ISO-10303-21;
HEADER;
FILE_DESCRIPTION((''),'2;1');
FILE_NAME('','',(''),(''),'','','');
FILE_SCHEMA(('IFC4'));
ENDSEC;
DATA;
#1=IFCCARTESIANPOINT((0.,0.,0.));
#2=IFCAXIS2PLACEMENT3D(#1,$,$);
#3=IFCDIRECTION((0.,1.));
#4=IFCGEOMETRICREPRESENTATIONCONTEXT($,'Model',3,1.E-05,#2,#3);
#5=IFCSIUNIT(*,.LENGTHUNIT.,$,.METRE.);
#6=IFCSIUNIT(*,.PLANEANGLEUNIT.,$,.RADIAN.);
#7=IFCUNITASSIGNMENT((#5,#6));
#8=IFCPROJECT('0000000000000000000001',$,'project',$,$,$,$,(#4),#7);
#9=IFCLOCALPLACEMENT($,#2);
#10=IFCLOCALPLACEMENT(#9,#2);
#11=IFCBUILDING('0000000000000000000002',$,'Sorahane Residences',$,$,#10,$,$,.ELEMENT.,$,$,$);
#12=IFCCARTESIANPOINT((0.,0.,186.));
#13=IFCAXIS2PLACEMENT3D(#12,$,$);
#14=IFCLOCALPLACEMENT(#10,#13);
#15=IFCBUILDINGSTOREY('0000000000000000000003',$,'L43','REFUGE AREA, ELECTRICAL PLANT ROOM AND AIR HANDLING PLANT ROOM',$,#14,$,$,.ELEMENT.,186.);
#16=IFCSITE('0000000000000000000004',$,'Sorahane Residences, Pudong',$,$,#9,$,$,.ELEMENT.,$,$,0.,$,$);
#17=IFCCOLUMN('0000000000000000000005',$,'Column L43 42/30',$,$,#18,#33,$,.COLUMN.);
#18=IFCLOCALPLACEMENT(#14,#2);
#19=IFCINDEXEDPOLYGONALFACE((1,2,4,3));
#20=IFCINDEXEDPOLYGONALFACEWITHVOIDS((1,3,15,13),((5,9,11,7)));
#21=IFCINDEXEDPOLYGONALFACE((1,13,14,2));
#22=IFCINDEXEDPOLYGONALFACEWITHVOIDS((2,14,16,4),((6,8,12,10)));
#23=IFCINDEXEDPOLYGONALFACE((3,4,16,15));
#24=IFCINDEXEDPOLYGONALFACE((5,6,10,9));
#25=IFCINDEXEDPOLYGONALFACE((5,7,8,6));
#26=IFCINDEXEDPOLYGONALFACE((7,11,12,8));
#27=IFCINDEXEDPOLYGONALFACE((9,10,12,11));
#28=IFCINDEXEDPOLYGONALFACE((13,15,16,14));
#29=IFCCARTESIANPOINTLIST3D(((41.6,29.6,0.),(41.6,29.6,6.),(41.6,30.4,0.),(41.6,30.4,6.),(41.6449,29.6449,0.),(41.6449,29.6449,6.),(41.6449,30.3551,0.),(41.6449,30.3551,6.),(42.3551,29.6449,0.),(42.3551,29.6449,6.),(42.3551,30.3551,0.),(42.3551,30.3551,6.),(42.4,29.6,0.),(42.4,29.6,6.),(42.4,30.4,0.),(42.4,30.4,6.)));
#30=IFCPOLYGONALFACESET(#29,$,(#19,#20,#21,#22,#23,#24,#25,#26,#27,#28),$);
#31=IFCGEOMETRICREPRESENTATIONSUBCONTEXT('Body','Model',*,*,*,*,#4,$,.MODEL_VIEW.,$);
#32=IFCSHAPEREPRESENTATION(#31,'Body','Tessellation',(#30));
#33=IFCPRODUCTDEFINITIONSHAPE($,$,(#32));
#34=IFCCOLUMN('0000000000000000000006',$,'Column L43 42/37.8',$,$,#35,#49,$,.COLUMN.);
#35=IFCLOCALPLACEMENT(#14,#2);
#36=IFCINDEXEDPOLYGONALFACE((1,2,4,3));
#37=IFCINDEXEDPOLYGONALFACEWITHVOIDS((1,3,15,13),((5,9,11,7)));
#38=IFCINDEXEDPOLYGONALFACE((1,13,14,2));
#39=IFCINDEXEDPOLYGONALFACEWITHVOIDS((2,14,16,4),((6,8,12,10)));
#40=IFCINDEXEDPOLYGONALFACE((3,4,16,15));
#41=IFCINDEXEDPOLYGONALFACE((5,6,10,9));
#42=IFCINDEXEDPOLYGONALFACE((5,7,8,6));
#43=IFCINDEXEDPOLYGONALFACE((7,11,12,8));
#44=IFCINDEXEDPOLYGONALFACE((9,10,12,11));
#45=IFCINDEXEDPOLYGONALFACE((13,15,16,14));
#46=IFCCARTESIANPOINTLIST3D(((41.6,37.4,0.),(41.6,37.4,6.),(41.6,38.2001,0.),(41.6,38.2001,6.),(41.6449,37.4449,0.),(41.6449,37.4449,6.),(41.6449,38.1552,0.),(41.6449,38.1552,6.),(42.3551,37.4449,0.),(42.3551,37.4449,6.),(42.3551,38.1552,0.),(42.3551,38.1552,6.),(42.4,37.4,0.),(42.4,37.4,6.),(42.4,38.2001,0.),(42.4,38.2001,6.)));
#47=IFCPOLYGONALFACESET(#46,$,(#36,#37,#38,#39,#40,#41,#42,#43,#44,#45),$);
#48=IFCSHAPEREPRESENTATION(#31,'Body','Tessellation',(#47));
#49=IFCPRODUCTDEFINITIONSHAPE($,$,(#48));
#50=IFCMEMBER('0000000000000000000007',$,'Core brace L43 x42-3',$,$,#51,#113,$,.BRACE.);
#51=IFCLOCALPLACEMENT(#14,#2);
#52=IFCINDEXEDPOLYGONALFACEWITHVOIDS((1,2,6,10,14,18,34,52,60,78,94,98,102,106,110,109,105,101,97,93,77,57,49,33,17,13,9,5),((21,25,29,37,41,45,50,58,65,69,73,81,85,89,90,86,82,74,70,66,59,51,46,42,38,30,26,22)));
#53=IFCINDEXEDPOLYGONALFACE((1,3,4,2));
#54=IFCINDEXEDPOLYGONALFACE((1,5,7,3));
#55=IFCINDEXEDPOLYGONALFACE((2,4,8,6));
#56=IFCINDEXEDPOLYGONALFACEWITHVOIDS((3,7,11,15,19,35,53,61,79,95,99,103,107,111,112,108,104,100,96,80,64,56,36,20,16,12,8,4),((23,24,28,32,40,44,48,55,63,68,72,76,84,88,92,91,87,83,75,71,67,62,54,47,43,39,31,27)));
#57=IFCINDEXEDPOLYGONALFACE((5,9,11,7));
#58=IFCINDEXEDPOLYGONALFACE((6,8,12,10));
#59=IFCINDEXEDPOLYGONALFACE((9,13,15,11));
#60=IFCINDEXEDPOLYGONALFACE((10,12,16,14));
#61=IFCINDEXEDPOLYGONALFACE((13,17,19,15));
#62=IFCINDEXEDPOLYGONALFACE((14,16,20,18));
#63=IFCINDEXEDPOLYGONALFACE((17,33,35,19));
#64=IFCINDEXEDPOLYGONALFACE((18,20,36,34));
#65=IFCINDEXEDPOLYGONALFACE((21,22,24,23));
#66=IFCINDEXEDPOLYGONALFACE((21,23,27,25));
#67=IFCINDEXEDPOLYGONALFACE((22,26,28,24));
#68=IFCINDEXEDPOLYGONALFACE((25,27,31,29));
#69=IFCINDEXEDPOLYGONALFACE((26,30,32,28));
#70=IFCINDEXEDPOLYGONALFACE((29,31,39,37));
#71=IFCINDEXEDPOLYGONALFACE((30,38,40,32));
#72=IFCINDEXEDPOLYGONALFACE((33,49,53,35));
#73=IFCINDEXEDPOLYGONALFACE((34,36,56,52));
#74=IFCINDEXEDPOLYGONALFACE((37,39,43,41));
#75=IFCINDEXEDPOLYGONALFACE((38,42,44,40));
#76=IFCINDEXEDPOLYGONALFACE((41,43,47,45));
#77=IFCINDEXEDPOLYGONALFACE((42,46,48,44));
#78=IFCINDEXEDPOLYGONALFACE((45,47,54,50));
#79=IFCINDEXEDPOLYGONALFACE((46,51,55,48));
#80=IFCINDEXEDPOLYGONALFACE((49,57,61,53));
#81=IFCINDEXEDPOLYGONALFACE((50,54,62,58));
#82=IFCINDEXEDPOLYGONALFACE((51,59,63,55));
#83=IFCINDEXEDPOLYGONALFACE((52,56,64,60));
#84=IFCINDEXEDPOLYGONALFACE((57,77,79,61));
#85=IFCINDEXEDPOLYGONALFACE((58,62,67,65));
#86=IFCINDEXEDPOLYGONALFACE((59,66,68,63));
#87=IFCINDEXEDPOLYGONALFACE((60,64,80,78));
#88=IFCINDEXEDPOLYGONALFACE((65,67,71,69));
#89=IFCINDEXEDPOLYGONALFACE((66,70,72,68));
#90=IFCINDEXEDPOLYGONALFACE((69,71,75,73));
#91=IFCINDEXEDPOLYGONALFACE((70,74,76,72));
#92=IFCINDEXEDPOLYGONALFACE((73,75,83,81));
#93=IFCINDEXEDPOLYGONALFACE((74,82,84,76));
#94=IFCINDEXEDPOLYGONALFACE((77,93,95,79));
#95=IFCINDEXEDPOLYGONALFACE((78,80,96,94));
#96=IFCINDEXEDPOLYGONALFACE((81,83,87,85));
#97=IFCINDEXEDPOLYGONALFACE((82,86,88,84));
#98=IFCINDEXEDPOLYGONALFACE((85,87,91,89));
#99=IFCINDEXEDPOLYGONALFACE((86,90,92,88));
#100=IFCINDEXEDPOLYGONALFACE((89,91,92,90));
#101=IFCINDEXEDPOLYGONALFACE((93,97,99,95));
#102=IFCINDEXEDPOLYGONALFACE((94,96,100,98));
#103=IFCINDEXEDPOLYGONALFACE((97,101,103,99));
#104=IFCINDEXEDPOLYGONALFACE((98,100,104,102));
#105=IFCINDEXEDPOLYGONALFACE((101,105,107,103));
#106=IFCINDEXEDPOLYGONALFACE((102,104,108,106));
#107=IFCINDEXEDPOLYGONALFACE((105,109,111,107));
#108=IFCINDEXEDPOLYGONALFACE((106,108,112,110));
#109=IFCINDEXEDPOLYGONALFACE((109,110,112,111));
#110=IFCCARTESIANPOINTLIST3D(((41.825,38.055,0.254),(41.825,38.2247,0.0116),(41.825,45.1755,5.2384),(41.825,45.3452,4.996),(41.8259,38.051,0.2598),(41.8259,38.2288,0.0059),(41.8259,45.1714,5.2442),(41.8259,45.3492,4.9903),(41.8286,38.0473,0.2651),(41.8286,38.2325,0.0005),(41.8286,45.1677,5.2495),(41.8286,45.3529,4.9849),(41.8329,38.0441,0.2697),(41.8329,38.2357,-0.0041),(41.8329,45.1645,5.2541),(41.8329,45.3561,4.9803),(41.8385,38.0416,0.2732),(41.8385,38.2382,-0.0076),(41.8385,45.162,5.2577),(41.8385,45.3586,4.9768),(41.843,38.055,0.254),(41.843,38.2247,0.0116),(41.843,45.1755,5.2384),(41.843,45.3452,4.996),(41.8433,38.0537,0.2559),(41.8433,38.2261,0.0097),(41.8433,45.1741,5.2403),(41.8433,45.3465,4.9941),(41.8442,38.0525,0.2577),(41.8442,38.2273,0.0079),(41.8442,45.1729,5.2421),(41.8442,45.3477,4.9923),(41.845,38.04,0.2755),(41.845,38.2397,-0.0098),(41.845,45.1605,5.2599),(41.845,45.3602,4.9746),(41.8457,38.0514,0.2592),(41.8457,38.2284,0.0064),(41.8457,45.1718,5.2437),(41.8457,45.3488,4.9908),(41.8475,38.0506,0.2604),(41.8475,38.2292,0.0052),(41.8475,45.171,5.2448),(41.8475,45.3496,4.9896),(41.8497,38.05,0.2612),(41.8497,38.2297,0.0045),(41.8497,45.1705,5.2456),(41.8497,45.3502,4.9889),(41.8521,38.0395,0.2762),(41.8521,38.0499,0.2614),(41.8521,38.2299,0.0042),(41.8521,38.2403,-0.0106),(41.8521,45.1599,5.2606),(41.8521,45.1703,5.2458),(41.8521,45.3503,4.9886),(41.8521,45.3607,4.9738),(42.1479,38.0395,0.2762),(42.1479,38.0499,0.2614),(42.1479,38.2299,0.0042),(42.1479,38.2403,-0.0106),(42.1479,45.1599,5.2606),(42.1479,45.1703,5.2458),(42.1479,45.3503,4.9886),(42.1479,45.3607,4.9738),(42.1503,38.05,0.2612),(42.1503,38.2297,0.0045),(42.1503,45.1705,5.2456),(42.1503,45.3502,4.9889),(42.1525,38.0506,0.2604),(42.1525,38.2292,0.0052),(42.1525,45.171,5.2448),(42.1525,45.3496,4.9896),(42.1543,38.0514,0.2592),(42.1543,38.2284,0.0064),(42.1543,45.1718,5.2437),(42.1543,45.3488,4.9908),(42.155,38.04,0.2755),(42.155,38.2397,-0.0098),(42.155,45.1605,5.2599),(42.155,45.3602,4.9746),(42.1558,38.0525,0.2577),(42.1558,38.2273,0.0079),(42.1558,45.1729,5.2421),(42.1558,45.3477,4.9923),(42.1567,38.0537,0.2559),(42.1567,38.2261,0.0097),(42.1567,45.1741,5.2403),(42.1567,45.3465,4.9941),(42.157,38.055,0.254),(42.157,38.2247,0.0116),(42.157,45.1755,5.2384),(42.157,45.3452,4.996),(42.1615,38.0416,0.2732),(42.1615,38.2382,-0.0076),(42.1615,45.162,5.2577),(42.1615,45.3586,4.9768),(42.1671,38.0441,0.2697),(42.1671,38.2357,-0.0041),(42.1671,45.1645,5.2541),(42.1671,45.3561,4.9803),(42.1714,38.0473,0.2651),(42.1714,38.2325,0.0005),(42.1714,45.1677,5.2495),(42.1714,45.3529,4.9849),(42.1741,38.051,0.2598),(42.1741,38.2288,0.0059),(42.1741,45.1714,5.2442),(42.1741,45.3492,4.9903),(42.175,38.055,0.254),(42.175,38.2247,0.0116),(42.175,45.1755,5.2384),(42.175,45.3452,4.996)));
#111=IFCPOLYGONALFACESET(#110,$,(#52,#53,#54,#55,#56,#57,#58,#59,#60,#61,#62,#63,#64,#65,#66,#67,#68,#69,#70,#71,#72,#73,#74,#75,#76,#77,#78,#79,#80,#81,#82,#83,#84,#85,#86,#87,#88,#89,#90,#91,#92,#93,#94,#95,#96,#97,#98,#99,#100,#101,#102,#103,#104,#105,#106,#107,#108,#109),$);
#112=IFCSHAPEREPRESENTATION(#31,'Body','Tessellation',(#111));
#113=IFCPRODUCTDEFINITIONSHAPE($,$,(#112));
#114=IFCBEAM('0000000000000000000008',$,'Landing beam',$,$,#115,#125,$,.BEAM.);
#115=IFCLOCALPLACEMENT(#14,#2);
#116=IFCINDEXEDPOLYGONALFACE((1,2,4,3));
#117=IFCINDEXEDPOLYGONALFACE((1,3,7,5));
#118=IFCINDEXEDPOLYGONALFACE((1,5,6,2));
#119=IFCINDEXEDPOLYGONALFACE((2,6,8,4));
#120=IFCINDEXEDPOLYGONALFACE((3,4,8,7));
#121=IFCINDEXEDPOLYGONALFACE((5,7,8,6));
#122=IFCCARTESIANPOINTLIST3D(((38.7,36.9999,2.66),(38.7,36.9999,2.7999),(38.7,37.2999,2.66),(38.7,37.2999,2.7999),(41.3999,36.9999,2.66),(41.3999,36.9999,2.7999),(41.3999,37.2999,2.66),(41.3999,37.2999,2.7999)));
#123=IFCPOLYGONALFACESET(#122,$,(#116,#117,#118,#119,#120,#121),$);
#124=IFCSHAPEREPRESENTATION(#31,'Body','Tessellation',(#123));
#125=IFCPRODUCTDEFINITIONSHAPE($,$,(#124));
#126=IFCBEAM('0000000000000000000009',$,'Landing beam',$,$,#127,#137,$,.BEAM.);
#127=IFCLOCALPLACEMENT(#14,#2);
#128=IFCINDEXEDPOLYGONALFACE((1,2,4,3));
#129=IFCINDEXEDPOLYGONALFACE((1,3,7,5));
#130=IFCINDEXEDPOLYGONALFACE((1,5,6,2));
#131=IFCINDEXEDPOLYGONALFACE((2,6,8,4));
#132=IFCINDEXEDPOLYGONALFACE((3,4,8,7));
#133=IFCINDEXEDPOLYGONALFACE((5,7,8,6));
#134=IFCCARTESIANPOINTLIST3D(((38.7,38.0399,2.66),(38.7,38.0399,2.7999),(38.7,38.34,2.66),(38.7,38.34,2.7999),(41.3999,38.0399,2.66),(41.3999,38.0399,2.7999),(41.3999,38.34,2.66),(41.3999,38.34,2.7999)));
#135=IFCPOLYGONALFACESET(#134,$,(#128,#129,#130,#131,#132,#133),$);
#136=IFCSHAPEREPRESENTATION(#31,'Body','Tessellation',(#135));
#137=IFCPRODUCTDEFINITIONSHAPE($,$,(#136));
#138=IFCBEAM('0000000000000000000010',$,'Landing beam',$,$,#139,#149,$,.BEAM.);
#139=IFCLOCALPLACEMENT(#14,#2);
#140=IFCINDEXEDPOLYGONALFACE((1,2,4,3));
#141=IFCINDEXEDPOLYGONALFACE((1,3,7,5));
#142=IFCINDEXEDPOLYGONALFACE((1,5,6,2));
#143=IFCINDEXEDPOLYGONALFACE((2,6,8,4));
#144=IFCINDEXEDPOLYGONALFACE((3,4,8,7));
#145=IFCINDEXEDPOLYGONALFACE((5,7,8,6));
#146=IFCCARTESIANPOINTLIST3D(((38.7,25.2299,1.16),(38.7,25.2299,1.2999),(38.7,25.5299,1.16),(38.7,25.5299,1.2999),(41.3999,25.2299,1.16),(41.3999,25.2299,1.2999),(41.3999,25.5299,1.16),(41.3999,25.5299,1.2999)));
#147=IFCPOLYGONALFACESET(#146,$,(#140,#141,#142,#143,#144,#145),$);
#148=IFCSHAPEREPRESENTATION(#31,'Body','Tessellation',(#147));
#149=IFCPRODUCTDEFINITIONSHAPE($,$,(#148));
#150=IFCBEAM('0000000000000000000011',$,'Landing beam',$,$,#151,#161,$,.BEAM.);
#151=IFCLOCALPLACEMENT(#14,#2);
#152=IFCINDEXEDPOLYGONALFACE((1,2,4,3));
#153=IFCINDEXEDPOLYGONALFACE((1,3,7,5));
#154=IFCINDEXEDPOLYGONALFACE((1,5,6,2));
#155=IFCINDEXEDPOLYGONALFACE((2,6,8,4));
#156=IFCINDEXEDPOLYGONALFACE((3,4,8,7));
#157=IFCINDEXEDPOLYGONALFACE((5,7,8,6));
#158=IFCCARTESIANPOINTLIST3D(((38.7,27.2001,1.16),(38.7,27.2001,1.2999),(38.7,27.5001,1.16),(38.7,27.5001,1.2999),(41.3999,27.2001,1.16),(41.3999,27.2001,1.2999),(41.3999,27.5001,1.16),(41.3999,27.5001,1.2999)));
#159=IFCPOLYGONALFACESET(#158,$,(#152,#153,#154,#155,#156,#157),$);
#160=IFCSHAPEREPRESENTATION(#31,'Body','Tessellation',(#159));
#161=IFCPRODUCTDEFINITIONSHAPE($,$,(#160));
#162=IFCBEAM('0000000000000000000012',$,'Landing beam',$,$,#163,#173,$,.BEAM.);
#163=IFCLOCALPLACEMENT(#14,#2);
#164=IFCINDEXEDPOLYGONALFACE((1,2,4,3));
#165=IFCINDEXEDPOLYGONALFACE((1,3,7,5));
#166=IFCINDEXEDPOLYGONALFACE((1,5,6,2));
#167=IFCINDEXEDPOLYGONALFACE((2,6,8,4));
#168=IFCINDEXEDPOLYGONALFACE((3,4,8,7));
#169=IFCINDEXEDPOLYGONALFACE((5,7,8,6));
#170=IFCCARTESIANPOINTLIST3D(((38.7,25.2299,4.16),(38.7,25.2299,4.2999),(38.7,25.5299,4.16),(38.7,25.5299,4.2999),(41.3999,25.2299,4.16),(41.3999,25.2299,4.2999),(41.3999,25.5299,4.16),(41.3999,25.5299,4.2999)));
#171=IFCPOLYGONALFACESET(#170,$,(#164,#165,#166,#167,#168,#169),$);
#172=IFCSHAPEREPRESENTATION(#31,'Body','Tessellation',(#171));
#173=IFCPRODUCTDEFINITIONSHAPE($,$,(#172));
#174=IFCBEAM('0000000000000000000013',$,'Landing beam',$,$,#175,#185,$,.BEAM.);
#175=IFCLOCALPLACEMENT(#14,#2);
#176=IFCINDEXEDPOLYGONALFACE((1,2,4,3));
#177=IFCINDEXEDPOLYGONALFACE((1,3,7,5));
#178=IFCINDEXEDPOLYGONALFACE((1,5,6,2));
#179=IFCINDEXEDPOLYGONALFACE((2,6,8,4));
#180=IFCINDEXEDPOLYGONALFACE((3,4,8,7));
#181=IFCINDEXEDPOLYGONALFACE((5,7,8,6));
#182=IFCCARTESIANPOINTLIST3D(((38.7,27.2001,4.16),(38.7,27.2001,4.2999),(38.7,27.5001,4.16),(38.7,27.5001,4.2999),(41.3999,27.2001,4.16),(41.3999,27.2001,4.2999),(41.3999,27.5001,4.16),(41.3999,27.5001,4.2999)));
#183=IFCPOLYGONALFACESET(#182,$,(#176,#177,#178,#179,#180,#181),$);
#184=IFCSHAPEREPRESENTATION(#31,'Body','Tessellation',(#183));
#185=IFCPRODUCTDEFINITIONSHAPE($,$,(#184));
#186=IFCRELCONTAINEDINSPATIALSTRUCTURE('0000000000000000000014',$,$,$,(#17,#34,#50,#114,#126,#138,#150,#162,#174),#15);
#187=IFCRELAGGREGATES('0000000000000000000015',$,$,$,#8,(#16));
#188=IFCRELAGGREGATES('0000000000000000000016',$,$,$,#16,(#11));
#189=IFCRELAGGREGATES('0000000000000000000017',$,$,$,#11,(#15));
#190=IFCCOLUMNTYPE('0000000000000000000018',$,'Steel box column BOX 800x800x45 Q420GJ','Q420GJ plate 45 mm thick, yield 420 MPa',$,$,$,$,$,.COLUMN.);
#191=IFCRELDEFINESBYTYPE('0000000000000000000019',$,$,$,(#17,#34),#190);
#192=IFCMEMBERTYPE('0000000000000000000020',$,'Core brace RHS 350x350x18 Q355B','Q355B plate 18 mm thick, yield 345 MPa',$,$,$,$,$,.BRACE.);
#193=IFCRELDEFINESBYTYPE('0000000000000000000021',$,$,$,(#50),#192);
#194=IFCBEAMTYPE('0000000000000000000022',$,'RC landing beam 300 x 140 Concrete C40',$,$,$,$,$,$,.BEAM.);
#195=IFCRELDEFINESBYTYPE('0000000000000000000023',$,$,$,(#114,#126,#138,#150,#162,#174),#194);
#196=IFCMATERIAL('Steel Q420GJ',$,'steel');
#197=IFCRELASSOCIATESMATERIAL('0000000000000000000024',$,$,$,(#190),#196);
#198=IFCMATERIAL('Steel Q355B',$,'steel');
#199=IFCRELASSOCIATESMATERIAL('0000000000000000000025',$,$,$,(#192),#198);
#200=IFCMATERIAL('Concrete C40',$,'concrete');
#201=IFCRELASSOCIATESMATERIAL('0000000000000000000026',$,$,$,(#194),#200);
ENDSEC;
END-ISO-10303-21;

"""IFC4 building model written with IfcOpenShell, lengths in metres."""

from ifc_helpers import new_model, si_unit, direction, frame, origin, origin_2d, place, context, subcontext, project, spatial, rectangle, hollow_rectangle, extrude, material, material_profile, profile_set, type_object, element, save


model = new_model("IFC4")

# Units and contexts
model_context = context("Model", 3, precision=1e-05, world=origin(), true_north=direction((0.0, 1.0)))
body_context = subcontext(model_context, "Body", "Model", "MODEL_VIEW")
ifc_project = project(units=[si_unit("LENGTHUNIT", "METRE"), si_unit("PLANEANGLEUNIT", "RADIAN")], contexts=[model_context])

# Site, building, storey
site_placement = place(None, origin())
site = spatial("IfcSite", under=ifc_project, at=site_placement, Name="Sorahane Residences, Pudong", CompositionType="ELEMENT", RefElevation=0.0)
building_placement = place(site_placement, origin())
building = spatial("IfcBuilding", under=site, at=building_placement, Name="Sorahane Residences", CompositionType="ELEMENT")
storey_placement = place(building_placement, frame((0.0, 0.0, 186.0)))
storey = spatial("IfcBuildingStorey", under=building, at=storey_placement, Name="L43", Description="REFUGE AREA, ELECTRICAL PLANT ROOM AND AIR HANDLING PLANT ROOM", CompositionType="ELEMENT", Elevation=186.0)

# Columns
ifc_material_1 = material(Name="Steel Q420GJ", Category="steel")
ifc_material_profile_1 = material_profile(ifc_material_1, hollow_rectangle(XDim=0.8, YDim=0.8, WallThickness=0.0449, at=origin_2d()), Name="BOX 800x800x45")
ifc_profile_set_1 = profile_set([ifc_material_profile_1], Name="Steel Q420GJ")
column_type = type_object("IfcColumnType", Name="Steel box column BOX 800x800x45 Q420GJ", Description="Q420GJ plate 45 mm thick, yield 420 MPa", PredefinedType="COLUMN", material=ifc_profile_set_1)
for number, where, z_axis, x_axis, name in (
    (1, (42.0, 30.0, 0.0), (0.0, 0.0, 1.0), (1.0, 0.0, 0.0), "Column L43 42/30"),
    (2, (42.0, 37.8, 0.0), (0.0, 0.0, 1.0), (1.0, 0.0, 0.0), "Column L43 42/37.8"),
):
    element("IfcColumn", number, at=place(storey_placement, frame(where, z_axis=z_axis, x_axis=x_axis)), inside=storey, type_object=column_type, Name=name, PredefinedType="COLUMN", context=body_context, shape_type="SweptSolid", body=[
        extrude(hollow_rectangle(XDim=0.8, YDim=0.8, WallThickness=0.0449, at=origin_2d()), origin(), (0.0, 0.0, 1.0), 6.0),
    ])

# Member
ifc_material_2 = material(Name="Steel Q355B", Category="steel")
ifc_material_profile_2 = material_profile(ifc_material_2, hollow_rectangle(XDim=0.3501, YDim=0.3501, WallThickness=0.0181, InnerFilletRadius=0.009, OuterFilletRadius=0.0271, at=origin_2d()), Name="RHS 350x350x18")
ifc_profile_set_2 = profile_set([ifc_material_profile_2], Name="Steel Q355B")
member_type = type_object("IfcMemberType", Name="Core brace RHS 350x350x18 Q355B", Description="Q355B plate 18 mm thick, yield 345 MPa", PredefinedType="BRACE", material=ifc_profile_set_2)
member_placement = place(storey_placement, frame((42.0, 38.1399, 0.1328), z_axis=(0.0, 0.819225, 0.573472), x_axis=(-1.0, 0.0, 0.0)))
element("IfcMember", 3, at=member_placement, inside=storey, type_object=member_type, Name="Core brace L43 x42-3", PredefinedType="BRACE", context=body_context, shape_type="SweptSolid", body=[
    extrude(hollow_rectangle(XDim=0.3501, YDim=0.3501, WallThickness=0.0181, InnerFilletRadius=0.009, OuterFilletRadius=0.0271, at=origin_2d()), origin(), (0.0, 0.0, 1.0), 8.6917),
])

# Beams
ifc_material_3 = material(Name="Concrete C40", Category="concrete")
ifc_material_profile_3 = material_profile(ifc_material_3, rectangle(XDim=0.3, YDim=0.1399, at=origin_2d()), Name="300x140")
ifc_profile_set_3 = profile_set([ifc_material_profile_3], Name="Concrete C40")
beam_type_1 = type_object("IfcBeamType", Name="RC landing beam 300 x 140 Concrete C40", PredefinedType="BEAM", material=ifc_profile_set_3)
for number, where, z_axis, x_axis, name in (
    (4, (38.7, 37.1499, 2.73), (1.0, 0.0, 0.0), (0.0, 1.0, 0.0), "Landing beam"),
    (5, (38.7, 38.1899, 2.73), (1.0, 0.0, 0.0), (0.0, 1.0, 0.0), "Landing beam"),
    (6, (38.7, 25.3799, 1.23), (1.0, 0.0, 0.0), (0.0, 1.0, 0.0), "Landing beam"),
    (7, (38.7, 27.3501, 1.23), (1.0, 0.0, 0.0), (0.0, 1.0, 0.0), "Landing beam"),
    (8, (38.7, 25.3799, 4.23), (1.0, 0.0, 0.0), (0.0, 1.0, 0.0), "Landing beam"),
    (9, (38.7, 27.3501, 4.23), (1.0, 0.0, 0.0), (0.0, 1.0, 0.0), "Landing beam"),
):
    element("IfcBeam", number, at=place(storey_placement, frame(where, z_axis=z_axis, x_axis=x_axis)), inside=storey, type_object=beam_type_1, Name=name, PredefinedType="BEAM", context=body_context, shape_type="SweptSolid", body=[
        extrude(rectangle(XDim=0.3, YDim=0.1399, at=origin_2d()), origin(), (0.0, 0.0, 1.0), 2.7),
    ])

save(model, "model.ifc")
